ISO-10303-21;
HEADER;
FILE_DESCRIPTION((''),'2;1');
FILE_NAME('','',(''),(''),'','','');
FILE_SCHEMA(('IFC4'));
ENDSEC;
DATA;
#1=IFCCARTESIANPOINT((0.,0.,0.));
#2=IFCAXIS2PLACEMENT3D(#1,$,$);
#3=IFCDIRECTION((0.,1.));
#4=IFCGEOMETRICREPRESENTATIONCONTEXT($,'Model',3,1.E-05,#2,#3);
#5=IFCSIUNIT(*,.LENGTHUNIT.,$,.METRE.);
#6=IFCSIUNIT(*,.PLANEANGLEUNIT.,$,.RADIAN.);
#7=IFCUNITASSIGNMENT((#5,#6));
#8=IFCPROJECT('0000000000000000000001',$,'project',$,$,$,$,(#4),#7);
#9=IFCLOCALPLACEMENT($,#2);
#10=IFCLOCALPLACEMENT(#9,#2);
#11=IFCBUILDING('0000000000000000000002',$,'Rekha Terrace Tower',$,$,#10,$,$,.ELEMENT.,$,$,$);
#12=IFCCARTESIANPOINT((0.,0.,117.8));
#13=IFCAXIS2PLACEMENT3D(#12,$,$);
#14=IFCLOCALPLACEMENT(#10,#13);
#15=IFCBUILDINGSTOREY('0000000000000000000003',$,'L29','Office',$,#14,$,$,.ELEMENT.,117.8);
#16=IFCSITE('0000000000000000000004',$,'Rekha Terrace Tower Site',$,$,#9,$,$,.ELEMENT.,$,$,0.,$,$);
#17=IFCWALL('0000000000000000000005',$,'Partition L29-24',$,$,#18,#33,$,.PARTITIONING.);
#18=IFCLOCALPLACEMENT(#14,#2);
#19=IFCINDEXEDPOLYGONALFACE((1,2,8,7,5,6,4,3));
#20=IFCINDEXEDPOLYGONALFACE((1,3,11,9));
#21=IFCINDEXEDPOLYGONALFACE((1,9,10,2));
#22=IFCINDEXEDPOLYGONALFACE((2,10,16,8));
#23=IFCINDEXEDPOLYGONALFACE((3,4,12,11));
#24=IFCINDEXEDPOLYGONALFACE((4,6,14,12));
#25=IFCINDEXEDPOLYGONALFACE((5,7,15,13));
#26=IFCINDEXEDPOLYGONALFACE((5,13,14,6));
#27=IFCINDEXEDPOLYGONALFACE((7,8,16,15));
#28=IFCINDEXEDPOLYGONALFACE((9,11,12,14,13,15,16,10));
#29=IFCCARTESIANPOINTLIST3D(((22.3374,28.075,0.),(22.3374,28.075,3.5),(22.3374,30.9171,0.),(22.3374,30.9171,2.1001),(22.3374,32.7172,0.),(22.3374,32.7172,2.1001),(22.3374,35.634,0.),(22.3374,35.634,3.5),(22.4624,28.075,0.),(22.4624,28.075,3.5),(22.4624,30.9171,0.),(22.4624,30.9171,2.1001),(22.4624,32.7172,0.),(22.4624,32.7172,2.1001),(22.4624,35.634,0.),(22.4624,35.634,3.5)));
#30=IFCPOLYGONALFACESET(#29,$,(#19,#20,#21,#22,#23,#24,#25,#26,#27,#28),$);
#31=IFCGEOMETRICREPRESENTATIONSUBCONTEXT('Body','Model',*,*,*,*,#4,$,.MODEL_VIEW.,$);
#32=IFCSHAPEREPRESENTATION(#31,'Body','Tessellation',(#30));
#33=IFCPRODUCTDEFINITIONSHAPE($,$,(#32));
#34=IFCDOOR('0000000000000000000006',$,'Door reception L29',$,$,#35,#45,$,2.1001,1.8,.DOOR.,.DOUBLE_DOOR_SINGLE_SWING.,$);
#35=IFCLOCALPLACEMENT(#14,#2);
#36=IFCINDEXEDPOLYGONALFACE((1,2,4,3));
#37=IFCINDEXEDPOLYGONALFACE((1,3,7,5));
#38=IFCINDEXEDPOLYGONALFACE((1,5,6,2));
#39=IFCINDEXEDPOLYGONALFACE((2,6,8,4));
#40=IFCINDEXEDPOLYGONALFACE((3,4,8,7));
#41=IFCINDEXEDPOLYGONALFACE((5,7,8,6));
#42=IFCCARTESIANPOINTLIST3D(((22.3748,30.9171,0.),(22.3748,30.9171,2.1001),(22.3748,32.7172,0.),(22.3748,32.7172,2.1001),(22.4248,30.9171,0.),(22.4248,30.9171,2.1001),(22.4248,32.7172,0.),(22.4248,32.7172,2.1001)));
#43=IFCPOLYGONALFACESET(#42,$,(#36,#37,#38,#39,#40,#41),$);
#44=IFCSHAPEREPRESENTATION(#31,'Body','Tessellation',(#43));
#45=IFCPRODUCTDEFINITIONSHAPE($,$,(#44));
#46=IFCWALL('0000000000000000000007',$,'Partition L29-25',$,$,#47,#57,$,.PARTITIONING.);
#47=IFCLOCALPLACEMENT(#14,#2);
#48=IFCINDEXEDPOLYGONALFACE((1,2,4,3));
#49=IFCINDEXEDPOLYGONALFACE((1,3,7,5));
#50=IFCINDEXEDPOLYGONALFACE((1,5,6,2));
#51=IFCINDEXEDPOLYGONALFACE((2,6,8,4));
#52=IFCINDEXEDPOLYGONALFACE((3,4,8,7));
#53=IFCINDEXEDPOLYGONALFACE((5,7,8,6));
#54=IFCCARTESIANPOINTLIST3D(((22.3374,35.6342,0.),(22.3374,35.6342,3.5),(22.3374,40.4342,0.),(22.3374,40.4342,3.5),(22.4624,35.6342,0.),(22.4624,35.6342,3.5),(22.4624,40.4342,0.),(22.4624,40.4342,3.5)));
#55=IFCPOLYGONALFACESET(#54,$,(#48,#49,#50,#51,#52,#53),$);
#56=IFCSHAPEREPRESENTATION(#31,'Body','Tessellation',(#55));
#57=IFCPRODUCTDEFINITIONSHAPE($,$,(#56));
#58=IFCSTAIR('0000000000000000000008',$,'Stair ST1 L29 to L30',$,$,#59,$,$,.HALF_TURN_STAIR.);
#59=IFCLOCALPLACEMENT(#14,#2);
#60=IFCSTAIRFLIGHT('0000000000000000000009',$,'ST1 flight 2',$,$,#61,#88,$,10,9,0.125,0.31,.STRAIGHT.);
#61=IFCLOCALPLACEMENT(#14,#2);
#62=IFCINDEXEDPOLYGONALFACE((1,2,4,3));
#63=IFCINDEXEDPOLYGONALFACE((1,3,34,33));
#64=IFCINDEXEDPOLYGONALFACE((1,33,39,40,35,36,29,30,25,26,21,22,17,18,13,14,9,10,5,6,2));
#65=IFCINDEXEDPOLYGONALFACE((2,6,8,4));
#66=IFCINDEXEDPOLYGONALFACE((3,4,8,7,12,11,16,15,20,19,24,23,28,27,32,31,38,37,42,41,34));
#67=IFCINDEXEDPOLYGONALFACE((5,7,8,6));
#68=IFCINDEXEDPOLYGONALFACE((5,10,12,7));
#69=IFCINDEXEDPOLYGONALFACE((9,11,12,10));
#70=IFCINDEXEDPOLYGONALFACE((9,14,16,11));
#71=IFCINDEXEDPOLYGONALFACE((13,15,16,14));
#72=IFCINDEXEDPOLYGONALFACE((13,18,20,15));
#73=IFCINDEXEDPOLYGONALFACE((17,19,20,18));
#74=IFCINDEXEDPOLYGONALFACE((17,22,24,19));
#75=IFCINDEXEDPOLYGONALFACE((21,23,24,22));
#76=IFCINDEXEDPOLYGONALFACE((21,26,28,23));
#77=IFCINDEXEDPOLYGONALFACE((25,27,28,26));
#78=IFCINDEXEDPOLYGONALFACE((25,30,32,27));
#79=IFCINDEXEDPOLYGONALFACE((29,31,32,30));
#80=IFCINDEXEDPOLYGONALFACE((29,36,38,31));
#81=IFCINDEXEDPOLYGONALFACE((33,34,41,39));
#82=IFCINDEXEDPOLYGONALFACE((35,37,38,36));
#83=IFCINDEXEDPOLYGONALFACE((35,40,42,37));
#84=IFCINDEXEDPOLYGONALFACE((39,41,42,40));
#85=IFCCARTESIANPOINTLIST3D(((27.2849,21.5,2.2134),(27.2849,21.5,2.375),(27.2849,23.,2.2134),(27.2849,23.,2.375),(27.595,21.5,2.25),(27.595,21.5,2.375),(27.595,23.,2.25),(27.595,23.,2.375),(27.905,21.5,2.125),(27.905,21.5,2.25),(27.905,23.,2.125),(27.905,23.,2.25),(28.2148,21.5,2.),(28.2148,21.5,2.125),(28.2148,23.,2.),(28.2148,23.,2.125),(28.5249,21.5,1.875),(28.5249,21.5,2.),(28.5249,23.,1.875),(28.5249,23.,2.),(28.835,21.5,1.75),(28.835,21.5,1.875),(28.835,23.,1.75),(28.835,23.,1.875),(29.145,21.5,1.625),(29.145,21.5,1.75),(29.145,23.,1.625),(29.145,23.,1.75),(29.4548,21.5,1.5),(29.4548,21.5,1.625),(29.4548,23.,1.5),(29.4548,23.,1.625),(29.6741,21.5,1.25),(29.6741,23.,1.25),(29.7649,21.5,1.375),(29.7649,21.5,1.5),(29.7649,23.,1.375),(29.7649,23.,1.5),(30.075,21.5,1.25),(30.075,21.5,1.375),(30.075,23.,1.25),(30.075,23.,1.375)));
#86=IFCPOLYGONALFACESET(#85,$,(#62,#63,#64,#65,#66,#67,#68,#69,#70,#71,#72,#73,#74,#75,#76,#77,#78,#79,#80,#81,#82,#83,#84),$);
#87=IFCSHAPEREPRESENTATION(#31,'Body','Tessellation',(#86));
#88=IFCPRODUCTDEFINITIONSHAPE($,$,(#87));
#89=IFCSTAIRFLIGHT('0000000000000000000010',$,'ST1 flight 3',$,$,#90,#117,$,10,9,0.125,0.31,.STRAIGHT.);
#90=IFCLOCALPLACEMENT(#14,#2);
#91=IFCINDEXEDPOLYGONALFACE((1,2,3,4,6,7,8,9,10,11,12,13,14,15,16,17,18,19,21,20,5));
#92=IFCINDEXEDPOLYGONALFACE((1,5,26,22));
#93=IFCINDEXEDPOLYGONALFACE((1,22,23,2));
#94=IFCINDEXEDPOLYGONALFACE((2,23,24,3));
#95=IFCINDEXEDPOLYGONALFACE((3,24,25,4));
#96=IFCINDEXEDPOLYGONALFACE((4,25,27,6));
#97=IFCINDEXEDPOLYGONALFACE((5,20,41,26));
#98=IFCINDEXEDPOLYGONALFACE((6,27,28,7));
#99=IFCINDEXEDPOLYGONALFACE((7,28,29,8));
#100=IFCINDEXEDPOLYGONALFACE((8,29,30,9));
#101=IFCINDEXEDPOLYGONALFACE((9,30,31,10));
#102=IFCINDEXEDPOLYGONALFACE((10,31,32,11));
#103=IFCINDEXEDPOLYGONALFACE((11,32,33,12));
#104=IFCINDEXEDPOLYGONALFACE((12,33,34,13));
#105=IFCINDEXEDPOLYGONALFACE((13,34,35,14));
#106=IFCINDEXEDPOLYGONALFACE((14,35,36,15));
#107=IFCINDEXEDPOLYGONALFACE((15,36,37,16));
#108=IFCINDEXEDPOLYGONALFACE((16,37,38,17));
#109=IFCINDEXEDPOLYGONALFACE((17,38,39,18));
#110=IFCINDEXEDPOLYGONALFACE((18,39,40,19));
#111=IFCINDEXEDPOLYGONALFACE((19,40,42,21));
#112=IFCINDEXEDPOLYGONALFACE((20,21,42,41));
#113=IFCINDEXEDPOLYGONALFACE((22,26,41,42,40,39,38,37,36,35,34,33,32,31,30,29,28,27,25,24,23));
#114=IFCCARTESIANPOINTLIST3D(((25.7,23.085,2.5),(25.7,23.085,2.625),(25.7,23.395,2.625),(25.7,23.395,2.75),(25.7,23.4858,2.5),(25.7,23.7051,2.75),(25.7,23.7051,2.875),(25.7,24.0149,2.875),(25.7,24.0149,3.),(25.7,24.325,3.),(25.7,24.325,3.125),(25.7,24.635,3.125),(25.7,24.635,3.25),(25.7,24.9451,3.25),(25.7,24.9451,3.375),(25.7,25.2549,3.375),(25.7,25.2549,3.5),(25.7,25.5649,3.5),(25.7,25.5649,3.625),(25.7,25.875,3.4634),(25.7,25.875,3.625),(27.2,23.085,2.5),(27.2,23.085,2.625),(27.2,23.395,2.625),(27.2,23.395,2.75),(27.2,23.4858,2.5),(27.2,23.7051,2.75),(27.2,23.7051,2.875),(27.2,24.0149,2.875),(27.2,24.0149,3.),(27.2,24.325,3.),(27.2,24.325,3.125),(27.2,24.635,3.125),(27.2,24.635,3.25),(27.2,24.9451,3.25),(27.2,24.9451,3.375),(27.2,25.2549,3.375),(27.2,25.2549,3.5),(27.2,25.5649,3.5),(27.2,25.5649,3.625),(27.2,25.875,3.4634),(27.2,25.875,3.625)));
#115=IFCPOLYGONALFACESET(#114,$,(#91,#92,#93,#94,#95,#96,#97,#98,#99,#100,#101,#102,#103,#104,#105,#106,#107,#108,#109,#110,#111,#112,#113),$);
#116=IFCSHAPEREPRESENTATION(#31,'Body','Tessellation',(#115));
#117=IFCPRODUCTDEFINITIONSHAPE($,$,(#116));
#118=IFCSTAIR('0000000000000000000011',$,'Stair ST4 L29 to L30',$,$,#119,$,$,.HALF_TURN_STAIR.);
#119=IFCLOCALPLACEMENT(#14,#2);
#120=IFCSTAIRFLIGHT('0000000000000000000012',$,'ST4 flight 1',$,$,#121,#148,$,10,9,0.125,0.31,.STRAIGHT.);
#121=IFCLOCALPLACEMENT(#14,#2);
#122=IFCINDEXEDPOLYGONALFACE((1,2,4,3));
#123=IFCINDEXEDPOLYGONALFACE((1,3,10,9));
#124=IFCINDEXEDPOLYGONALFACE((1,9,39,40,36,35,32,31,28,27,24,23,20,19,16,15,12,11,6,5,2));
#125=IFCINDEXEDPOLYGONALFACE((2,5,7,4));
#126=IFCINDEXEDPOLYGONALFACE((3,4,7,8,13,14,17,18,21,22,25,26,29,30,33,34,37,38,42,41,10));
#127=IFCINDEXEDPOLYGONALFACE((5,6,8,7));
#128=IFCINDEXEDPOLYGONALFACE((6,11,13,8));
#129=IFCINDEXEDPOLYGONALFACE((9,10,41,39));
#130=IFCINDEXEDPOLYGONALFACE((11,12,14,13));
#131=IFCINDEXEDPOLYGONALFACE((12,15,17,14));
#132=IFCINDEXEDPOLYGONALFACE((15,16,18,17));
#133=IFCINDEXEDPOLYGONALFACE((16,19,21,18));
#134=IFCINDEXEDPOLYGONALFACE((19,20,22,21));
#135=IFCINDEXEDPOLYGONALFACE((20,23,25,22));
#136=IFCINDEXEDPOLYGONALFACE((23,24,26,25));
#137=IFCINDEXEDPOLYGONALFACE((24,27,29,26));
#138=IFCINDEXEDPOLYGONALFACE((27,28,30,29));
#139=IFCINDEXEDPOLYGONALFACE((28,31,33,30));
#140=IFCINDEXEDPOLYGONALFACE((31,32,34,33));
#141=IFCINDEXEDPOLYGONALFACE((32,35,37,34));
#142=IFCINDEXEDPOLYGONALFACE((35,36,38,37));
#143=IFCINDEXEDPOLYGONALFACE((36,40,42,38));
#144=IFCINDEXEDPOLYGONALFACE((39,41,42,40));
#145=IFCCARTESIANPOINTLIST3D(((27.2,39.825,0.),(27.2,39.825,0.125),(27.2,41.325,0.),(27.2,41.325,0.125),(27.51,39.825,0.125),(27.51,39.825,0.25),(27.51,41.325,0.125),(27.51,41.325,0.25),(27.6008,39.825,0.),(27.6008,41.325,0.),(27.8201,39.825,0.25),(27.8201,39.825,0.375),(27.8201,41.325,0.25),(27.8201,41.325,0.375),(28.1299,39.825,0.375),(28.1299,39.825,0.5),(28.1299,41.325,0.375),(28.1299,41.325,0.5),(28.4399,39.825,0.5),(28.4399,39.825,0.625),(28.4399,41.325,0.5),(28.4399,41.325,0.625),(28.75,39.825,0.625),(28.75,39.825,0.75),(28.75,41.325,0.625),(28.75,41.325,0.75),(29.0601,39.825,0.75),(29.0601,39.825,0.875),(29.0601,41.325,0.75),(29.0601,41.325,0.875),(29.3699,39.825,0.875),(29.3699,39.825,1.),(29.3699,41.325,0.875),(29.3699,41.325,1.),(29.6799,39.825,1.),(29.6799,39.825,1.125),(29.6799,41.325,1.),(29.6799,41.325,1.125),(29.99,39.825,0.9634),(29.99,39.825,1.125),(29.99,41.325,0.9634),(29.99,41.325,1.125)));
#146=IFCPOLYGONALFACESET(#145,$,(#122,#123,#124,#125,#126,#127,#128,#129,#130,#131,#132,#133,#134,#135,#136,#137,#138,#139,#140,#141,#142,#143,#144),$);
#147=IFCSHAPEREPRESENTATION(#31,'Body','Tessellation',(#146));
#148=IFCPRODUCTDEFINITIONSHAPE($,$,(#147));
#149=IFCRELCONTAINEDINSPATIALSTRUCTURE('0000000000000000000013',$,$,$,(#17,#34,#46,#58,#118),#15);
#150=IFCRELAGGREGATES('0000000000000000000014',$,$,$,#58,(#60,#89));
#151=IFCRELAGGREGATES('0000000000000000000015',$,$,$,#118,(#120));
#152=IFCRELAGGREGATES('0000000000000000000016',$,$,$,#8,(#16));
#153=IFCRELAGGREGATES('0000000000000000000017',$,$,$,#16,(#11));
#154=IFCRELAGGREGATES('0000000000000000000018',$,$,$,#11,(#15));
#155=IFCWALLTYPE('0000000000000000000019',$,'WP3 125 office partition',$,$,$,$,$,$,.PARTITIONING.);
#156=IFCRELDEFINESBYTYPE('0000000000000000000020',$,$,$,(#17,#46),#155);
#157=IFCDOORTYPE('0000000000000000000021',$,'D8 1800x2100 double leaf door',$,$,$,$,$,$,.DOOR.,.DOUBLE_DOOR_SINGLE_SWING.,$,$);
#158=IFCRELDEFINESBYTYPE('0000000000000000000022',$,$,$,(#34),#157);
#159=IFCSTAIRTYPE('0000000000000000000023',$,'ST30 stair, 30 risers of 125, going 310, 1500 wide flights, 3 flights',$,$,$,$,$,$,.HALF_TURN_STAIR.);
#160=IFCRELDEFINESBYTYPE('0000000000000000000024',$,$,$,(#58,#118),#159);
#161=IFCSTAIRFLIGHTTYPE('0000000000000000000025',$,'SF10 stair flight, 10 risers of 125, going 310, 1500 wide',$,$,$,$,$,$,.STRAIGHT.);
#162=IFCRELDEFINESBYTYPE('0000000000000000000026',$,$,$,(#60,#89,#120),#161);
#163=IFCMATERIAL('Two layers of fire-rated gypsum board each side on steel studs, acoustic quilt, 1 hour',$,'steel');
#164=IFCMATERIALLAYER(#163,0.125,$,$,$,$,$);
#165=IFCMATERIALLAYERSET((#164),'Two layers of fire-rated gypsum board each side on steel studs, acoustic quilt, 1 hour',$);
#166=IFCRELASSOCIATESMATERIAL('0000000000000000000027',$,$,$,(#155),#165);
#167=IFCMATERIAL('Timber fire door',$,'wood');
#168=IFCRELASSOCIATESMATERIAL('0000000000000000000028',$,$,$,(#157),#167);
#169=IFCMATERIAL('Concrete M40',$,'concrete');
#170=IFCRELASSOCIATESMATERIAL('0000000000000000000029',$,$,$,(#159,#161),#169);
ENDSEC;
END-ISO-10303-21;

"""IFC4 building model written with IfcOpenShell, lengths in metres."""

from ifc_helpers import new_model, si_unit, direction, frame, frame_2d, origin, place, context, subcontext, project, spatial, polyline, rectangle, outline, extrude, material, layer, layer_set, type_object, element, fill, aggregate, save


model = new_model("IFC4")

# Units and contexts
model_context = context("Model", 3, precision=1e-05, world=origin(), true_north=direction((0.0, 1.0)))
body_context = subcontext(model_context, "Body", "Model", "MODEL_VIEW")
ifc_project = project(units=[si_unit("LENGTHUNIT", "METRE"), si_unit("PLANEANGLEUNIT", "RADIAN")], contexts=[model_context])

# Site, building, storey
site_placement = place(None, origin())
site = spatial("IfcSite", under=ifc_project, at=site_placement, Name="Rekha Terrace Tower Site", CompositionType="ELEMENT", RefElevation=0.0)
building_placement = place(site_placement, origin())
building = spatial("IfcBuilding", under=site, at=building_placement, Name="Rekha Terrace Tower", CompositionType="ELEMENT")
storey_placement = place(building_placement, frame((0.0, 0.0, 117.8)))
storey = spatial("IfcBuildingStorey", under=building, at=storey_placement, Name="L29", Description="Office", CompositionType="ELEMENT", Elevation=117.8)

# Wall, opening, door
ifc_material_1 = material(Name="Two layers of fire-rated gypsum board each side on steel studs, acoustic quilt, 1 hour", Category="steel")
ifc_layer_1 = layer(ifc_material_1, 0.125)
ifc_layer_set_1 = layer_set([ifc_layer_1], Name="Two layers of fire-rated gypsum board each side on steel studs, acoustic quilt, 1 hour")
wall_type_1 = type_object("IfcWallType", Name="WP3 125 office partition", PredefinedType="PARTITIONING", material=ifc_layer_set_1)
wall_1_placement = place(storey_placement, frame((22.3999, 35.634, 0.0), z_axis=(0.0, 0.0, 1.0), x_axis=(0.0, -1.0, 0.0)))
wall_1 = element("IfcWall", 1, at=wall_1_placement, inside=storey, type_object=wall_type_1, Name="Partition L29-24", PredefinedType="PARTITIONING", context=body_context, shape_type="SweptSolid", body=[
    extrude(rectangle(XDim=7.5591, YDim=0.125, at=frame_2d((3.7795, 0.0))), origin(), (0.0, 0.0, 1.0), 3.5),
])
opening_1_placement = place(wall_1_placement, frame((2.917, 0.0, 0.0)))
opening_1 = element("IfcOpeningElement", 2, at=opening_1_placement, cuts=wall_1, PredefinedType="OPENING", context=body_context, shape_type="SweptSolid", body=[
    extrude(rectangle(XDim=1.8, YDim=2.1001, at=frame_2d((0.8999, 1.05))), frame((0.0, 0.0725, 0.0), z_axis=(0.0, -1.0, 0.0), x_axis=(1.0, 0.0, 0.0)), (0.0, 0.0, 1.0), 0.145),
])
ifc_material_2 = material(Name="Timber fire door", Category="wood")
door_type_1 = type_object("IfcDoorType", Name="D8 1800x2100 double leaf door", OperationType="DOUBLE_DOOR_SINGLE_SWING", PredefinedType="DOOR", material=ifc_material_2)
door_1_placement = place(opening_1_placement, origin())
door_1 = element("IfcDoor", 3, at=door_1_placement, inside=storey, type_object=door_type_1, Name="Door reception L29", OperationType="DOUBLE_DOOR_SINGLE_SWING", OverallHeight=2.1001, OverallWidth=1.8, PredefinedType="DOOR", context=body_context, shape_type="SweptSolid", body=[
    extrude(rectangle(XDim=1.8, YDim=2.1001, at=frame_2d((0.8999, 1.05))), frame((0.0, 0.0249, 0.0), z_axis=(0.0, -1.0, 0.0), x_axis=(1.0, 0.0, 0.0)), (0.0, 0.0, 1.0), 0.05),
])
fill(opening_1, door_1)

# Wall
wall_2_placement = place(storey_placement, frame((22.3999, 40.4341, 0.0), z_axis=(0.0, 0.0, 1.0), x_axis=(0.0, -1.0, 0.0)))
element("IfcWall", 4, at=wall_2_placement, inside=storey, type_object=wall_type_1, Name="Partition L29-25", PredefinedType="PARTITIONING", context=body_context, shape_type="SweptSolid", body=[
    extrude(rectangle(XDim=4.8, YDim=0.125, at=frame_2d((2.3999, 0.0))), origin(), (0.0, 0.0, 1.0), 3.5),
])

# Stair, stair flights
ifc_material_3 = material(Name="Concrete M40", Category="concrete")
stair_type = type_object("IfcStairType", Name="ST30 stair, 30 risers of 125, going 310, 1500 wide flights, 3 flights", PredefinedType="HALF_TURN_STAIR", material=ifc_material_3)
stair_1_placement = place(storey_placement, origin())
stair_1 = element("IfcStair", 5, at=stair_1_placement, inside=storey, type_object=stair_type, Name="Stair ST1 L29 to L30", PredefinedType="HALF_TURN_STAIR")
stair_flight_type = type_object("IfcStairFlightType", Name="SF10 stair flight, 10 risers of 125, going 310, 1500 wide", PredefinedType="STRAIGHT", material=ifc_material_3)
stair_flight_1_placement = place(storey_placement, frame((30.075, 22.25, 1.25), z_axis=(0.0, 0.0, 1.0), x_axis=(-1.0, 0.0, 0.0)))
stair_flight_1 = element("IfcStairFlight", 6, at=stair_flight_1_placement, type_object=stair_flight_type, Name="ST1 flight 2", NumberOfRisers=10, NumberOfTreads=9, PredefinedType="STRAIGHT", RiserHeight=0.125, TreadLength=0.31, context=body_context, shape_type="SweptSolid", body=[
    extrude(outline(polyline([(0.0, 0.0), (0.0, 0.125), (0.3101, 0.125), (0.3101, 0.25), (0.6201, 0.25), (0.6201, 0.375), (0.9299, 0.375), (0.9299, 0.5), (1.24, 0.5), (1.24, 0.625), (1.55, 0.625), (1.55, 0.75), (1.8601, 0.75), (1.8601, 0.875), (2.1699, 0.875), (2.1699, 1.0), (2.48, 1.0), (2.48, 1.125), (2.79, 1.125), (2.79, 1.25), (2.79, 0.9634), (0.4009, 0.0), (0.0, 0.0)])), frame((0.0, 0.75, 0.0), z_axis=(0.0, -1.0, 0.0), x_axis=(1.0, 0.0, 0.0)), (0.0, 0.0, 1.0), 1.5),
])
stair_flight_2_placement = place(storey_placement, frame((26.45, 23.085, 2.5), z_axis=(0.0, 0.0, 1.0), x_axis=(0.0, 1.0, 0.0)))
stair_flight_2 = element("IfcStairFlight", 7, at=stair_flight_2_placement, type_object=stair_flight_type, Name="ST1 flight 3", NumberOfRisers=10, NumberOfTreads=9, PredefinedType="STRAIGHT", RiserHeight=0.125, TreadLength=0.31, context=body_context, shape_type="SweptSolid", body=[
    extrude(outline(polyline([(0.0, 0.0), (0.0, 0.125), (0.3101, 0.125), (0.3101, 0.25), (0.6201, 0.25), (0.6201, 0.375), (0.9299, 0.375), (0.9299, 0.5), (1.24, 0.5), (1.24, 0.625), (1.55, 0.625), (1.55, 0.75), (1.8601, 0.75), (1.8601, 0.875), (2.1699, 0.875), (2.1699, 1.0), (2.48, 1.0), (2.48, 1.125), (2.79, 1.125), (2.79, 1.25), (2.79, 0.9634), (0.4009, 0.0), (0.0, 0.0)])), frame((0.0, 0.75, 0.0), z_axis=(0.0, -1.0, 0.0), x_axis=(1.0, 0.0, 0.0)), (0.0, 0.0, 1.0), 1.5),
])
aggregate(stair_1, [stair_flight_1, stair_flight_2])

# Stair, stair flight
stair_2_placement = place(storey_placement, origin())
stair_2 = element("IfcStair", 8, at=stair_2_placement, inside=storey, type_object=stair_type, Name="Stair ST4 L29 to L30", PredefinedType="HALF_TURN_STAIR")
stair_flight_3_placement = place(storey_placement, frame((27.2, 40.575, 0.0), z_axis=(0.0, 0.0, 1.0), x_axis=(1.0, 0.0, 0.0)))
stair_flight_3 = element("IfcStairFlight", 9, at=stair_flight_3_placement, type_object=stair_flight_type, Name="ST4 flight 1", NumberOfRisers=10, NumberOfTreads=9, PredefinedType="STRAIGHT", RiserHeight=0.125, TreadLength=0.31, context=body_context, shape_type="SweptSolid", body=[
    extrude(outline(polyline([(0.0, 0.0), (0.0, 0.125), (0.3101, 0.125), (0.3101, 0.25), (0.6201, 0.25), (0.6201, 0.375), (0.9299, 0.375), (0.9299, 0.5), (1.24, 0.5), (1.24, 0.625), (1.55, 0.625), (1.55, 0.75), (1.8601, 0.75), (1.8601, 0.875), (2.1699, 0.875), (2.1699, 1.0), (2.48, 1.0), (2.48, 1.125), (2.79, 1.125), (2.79, 1.25), (2.79, 0.9634), (0.4009, 0.0), (0.0, 0.0)])), frame((0.0, 0.75, 0.0), z_axis=(0.0, -1.0, 0.0), x_axis=(1.0, 0.0, 0.0)), (0.0, 0.0, 1.0), 1.5),
])
aggregate(stair_2, [stair_flight_3])

save(model, "model.ifc")
